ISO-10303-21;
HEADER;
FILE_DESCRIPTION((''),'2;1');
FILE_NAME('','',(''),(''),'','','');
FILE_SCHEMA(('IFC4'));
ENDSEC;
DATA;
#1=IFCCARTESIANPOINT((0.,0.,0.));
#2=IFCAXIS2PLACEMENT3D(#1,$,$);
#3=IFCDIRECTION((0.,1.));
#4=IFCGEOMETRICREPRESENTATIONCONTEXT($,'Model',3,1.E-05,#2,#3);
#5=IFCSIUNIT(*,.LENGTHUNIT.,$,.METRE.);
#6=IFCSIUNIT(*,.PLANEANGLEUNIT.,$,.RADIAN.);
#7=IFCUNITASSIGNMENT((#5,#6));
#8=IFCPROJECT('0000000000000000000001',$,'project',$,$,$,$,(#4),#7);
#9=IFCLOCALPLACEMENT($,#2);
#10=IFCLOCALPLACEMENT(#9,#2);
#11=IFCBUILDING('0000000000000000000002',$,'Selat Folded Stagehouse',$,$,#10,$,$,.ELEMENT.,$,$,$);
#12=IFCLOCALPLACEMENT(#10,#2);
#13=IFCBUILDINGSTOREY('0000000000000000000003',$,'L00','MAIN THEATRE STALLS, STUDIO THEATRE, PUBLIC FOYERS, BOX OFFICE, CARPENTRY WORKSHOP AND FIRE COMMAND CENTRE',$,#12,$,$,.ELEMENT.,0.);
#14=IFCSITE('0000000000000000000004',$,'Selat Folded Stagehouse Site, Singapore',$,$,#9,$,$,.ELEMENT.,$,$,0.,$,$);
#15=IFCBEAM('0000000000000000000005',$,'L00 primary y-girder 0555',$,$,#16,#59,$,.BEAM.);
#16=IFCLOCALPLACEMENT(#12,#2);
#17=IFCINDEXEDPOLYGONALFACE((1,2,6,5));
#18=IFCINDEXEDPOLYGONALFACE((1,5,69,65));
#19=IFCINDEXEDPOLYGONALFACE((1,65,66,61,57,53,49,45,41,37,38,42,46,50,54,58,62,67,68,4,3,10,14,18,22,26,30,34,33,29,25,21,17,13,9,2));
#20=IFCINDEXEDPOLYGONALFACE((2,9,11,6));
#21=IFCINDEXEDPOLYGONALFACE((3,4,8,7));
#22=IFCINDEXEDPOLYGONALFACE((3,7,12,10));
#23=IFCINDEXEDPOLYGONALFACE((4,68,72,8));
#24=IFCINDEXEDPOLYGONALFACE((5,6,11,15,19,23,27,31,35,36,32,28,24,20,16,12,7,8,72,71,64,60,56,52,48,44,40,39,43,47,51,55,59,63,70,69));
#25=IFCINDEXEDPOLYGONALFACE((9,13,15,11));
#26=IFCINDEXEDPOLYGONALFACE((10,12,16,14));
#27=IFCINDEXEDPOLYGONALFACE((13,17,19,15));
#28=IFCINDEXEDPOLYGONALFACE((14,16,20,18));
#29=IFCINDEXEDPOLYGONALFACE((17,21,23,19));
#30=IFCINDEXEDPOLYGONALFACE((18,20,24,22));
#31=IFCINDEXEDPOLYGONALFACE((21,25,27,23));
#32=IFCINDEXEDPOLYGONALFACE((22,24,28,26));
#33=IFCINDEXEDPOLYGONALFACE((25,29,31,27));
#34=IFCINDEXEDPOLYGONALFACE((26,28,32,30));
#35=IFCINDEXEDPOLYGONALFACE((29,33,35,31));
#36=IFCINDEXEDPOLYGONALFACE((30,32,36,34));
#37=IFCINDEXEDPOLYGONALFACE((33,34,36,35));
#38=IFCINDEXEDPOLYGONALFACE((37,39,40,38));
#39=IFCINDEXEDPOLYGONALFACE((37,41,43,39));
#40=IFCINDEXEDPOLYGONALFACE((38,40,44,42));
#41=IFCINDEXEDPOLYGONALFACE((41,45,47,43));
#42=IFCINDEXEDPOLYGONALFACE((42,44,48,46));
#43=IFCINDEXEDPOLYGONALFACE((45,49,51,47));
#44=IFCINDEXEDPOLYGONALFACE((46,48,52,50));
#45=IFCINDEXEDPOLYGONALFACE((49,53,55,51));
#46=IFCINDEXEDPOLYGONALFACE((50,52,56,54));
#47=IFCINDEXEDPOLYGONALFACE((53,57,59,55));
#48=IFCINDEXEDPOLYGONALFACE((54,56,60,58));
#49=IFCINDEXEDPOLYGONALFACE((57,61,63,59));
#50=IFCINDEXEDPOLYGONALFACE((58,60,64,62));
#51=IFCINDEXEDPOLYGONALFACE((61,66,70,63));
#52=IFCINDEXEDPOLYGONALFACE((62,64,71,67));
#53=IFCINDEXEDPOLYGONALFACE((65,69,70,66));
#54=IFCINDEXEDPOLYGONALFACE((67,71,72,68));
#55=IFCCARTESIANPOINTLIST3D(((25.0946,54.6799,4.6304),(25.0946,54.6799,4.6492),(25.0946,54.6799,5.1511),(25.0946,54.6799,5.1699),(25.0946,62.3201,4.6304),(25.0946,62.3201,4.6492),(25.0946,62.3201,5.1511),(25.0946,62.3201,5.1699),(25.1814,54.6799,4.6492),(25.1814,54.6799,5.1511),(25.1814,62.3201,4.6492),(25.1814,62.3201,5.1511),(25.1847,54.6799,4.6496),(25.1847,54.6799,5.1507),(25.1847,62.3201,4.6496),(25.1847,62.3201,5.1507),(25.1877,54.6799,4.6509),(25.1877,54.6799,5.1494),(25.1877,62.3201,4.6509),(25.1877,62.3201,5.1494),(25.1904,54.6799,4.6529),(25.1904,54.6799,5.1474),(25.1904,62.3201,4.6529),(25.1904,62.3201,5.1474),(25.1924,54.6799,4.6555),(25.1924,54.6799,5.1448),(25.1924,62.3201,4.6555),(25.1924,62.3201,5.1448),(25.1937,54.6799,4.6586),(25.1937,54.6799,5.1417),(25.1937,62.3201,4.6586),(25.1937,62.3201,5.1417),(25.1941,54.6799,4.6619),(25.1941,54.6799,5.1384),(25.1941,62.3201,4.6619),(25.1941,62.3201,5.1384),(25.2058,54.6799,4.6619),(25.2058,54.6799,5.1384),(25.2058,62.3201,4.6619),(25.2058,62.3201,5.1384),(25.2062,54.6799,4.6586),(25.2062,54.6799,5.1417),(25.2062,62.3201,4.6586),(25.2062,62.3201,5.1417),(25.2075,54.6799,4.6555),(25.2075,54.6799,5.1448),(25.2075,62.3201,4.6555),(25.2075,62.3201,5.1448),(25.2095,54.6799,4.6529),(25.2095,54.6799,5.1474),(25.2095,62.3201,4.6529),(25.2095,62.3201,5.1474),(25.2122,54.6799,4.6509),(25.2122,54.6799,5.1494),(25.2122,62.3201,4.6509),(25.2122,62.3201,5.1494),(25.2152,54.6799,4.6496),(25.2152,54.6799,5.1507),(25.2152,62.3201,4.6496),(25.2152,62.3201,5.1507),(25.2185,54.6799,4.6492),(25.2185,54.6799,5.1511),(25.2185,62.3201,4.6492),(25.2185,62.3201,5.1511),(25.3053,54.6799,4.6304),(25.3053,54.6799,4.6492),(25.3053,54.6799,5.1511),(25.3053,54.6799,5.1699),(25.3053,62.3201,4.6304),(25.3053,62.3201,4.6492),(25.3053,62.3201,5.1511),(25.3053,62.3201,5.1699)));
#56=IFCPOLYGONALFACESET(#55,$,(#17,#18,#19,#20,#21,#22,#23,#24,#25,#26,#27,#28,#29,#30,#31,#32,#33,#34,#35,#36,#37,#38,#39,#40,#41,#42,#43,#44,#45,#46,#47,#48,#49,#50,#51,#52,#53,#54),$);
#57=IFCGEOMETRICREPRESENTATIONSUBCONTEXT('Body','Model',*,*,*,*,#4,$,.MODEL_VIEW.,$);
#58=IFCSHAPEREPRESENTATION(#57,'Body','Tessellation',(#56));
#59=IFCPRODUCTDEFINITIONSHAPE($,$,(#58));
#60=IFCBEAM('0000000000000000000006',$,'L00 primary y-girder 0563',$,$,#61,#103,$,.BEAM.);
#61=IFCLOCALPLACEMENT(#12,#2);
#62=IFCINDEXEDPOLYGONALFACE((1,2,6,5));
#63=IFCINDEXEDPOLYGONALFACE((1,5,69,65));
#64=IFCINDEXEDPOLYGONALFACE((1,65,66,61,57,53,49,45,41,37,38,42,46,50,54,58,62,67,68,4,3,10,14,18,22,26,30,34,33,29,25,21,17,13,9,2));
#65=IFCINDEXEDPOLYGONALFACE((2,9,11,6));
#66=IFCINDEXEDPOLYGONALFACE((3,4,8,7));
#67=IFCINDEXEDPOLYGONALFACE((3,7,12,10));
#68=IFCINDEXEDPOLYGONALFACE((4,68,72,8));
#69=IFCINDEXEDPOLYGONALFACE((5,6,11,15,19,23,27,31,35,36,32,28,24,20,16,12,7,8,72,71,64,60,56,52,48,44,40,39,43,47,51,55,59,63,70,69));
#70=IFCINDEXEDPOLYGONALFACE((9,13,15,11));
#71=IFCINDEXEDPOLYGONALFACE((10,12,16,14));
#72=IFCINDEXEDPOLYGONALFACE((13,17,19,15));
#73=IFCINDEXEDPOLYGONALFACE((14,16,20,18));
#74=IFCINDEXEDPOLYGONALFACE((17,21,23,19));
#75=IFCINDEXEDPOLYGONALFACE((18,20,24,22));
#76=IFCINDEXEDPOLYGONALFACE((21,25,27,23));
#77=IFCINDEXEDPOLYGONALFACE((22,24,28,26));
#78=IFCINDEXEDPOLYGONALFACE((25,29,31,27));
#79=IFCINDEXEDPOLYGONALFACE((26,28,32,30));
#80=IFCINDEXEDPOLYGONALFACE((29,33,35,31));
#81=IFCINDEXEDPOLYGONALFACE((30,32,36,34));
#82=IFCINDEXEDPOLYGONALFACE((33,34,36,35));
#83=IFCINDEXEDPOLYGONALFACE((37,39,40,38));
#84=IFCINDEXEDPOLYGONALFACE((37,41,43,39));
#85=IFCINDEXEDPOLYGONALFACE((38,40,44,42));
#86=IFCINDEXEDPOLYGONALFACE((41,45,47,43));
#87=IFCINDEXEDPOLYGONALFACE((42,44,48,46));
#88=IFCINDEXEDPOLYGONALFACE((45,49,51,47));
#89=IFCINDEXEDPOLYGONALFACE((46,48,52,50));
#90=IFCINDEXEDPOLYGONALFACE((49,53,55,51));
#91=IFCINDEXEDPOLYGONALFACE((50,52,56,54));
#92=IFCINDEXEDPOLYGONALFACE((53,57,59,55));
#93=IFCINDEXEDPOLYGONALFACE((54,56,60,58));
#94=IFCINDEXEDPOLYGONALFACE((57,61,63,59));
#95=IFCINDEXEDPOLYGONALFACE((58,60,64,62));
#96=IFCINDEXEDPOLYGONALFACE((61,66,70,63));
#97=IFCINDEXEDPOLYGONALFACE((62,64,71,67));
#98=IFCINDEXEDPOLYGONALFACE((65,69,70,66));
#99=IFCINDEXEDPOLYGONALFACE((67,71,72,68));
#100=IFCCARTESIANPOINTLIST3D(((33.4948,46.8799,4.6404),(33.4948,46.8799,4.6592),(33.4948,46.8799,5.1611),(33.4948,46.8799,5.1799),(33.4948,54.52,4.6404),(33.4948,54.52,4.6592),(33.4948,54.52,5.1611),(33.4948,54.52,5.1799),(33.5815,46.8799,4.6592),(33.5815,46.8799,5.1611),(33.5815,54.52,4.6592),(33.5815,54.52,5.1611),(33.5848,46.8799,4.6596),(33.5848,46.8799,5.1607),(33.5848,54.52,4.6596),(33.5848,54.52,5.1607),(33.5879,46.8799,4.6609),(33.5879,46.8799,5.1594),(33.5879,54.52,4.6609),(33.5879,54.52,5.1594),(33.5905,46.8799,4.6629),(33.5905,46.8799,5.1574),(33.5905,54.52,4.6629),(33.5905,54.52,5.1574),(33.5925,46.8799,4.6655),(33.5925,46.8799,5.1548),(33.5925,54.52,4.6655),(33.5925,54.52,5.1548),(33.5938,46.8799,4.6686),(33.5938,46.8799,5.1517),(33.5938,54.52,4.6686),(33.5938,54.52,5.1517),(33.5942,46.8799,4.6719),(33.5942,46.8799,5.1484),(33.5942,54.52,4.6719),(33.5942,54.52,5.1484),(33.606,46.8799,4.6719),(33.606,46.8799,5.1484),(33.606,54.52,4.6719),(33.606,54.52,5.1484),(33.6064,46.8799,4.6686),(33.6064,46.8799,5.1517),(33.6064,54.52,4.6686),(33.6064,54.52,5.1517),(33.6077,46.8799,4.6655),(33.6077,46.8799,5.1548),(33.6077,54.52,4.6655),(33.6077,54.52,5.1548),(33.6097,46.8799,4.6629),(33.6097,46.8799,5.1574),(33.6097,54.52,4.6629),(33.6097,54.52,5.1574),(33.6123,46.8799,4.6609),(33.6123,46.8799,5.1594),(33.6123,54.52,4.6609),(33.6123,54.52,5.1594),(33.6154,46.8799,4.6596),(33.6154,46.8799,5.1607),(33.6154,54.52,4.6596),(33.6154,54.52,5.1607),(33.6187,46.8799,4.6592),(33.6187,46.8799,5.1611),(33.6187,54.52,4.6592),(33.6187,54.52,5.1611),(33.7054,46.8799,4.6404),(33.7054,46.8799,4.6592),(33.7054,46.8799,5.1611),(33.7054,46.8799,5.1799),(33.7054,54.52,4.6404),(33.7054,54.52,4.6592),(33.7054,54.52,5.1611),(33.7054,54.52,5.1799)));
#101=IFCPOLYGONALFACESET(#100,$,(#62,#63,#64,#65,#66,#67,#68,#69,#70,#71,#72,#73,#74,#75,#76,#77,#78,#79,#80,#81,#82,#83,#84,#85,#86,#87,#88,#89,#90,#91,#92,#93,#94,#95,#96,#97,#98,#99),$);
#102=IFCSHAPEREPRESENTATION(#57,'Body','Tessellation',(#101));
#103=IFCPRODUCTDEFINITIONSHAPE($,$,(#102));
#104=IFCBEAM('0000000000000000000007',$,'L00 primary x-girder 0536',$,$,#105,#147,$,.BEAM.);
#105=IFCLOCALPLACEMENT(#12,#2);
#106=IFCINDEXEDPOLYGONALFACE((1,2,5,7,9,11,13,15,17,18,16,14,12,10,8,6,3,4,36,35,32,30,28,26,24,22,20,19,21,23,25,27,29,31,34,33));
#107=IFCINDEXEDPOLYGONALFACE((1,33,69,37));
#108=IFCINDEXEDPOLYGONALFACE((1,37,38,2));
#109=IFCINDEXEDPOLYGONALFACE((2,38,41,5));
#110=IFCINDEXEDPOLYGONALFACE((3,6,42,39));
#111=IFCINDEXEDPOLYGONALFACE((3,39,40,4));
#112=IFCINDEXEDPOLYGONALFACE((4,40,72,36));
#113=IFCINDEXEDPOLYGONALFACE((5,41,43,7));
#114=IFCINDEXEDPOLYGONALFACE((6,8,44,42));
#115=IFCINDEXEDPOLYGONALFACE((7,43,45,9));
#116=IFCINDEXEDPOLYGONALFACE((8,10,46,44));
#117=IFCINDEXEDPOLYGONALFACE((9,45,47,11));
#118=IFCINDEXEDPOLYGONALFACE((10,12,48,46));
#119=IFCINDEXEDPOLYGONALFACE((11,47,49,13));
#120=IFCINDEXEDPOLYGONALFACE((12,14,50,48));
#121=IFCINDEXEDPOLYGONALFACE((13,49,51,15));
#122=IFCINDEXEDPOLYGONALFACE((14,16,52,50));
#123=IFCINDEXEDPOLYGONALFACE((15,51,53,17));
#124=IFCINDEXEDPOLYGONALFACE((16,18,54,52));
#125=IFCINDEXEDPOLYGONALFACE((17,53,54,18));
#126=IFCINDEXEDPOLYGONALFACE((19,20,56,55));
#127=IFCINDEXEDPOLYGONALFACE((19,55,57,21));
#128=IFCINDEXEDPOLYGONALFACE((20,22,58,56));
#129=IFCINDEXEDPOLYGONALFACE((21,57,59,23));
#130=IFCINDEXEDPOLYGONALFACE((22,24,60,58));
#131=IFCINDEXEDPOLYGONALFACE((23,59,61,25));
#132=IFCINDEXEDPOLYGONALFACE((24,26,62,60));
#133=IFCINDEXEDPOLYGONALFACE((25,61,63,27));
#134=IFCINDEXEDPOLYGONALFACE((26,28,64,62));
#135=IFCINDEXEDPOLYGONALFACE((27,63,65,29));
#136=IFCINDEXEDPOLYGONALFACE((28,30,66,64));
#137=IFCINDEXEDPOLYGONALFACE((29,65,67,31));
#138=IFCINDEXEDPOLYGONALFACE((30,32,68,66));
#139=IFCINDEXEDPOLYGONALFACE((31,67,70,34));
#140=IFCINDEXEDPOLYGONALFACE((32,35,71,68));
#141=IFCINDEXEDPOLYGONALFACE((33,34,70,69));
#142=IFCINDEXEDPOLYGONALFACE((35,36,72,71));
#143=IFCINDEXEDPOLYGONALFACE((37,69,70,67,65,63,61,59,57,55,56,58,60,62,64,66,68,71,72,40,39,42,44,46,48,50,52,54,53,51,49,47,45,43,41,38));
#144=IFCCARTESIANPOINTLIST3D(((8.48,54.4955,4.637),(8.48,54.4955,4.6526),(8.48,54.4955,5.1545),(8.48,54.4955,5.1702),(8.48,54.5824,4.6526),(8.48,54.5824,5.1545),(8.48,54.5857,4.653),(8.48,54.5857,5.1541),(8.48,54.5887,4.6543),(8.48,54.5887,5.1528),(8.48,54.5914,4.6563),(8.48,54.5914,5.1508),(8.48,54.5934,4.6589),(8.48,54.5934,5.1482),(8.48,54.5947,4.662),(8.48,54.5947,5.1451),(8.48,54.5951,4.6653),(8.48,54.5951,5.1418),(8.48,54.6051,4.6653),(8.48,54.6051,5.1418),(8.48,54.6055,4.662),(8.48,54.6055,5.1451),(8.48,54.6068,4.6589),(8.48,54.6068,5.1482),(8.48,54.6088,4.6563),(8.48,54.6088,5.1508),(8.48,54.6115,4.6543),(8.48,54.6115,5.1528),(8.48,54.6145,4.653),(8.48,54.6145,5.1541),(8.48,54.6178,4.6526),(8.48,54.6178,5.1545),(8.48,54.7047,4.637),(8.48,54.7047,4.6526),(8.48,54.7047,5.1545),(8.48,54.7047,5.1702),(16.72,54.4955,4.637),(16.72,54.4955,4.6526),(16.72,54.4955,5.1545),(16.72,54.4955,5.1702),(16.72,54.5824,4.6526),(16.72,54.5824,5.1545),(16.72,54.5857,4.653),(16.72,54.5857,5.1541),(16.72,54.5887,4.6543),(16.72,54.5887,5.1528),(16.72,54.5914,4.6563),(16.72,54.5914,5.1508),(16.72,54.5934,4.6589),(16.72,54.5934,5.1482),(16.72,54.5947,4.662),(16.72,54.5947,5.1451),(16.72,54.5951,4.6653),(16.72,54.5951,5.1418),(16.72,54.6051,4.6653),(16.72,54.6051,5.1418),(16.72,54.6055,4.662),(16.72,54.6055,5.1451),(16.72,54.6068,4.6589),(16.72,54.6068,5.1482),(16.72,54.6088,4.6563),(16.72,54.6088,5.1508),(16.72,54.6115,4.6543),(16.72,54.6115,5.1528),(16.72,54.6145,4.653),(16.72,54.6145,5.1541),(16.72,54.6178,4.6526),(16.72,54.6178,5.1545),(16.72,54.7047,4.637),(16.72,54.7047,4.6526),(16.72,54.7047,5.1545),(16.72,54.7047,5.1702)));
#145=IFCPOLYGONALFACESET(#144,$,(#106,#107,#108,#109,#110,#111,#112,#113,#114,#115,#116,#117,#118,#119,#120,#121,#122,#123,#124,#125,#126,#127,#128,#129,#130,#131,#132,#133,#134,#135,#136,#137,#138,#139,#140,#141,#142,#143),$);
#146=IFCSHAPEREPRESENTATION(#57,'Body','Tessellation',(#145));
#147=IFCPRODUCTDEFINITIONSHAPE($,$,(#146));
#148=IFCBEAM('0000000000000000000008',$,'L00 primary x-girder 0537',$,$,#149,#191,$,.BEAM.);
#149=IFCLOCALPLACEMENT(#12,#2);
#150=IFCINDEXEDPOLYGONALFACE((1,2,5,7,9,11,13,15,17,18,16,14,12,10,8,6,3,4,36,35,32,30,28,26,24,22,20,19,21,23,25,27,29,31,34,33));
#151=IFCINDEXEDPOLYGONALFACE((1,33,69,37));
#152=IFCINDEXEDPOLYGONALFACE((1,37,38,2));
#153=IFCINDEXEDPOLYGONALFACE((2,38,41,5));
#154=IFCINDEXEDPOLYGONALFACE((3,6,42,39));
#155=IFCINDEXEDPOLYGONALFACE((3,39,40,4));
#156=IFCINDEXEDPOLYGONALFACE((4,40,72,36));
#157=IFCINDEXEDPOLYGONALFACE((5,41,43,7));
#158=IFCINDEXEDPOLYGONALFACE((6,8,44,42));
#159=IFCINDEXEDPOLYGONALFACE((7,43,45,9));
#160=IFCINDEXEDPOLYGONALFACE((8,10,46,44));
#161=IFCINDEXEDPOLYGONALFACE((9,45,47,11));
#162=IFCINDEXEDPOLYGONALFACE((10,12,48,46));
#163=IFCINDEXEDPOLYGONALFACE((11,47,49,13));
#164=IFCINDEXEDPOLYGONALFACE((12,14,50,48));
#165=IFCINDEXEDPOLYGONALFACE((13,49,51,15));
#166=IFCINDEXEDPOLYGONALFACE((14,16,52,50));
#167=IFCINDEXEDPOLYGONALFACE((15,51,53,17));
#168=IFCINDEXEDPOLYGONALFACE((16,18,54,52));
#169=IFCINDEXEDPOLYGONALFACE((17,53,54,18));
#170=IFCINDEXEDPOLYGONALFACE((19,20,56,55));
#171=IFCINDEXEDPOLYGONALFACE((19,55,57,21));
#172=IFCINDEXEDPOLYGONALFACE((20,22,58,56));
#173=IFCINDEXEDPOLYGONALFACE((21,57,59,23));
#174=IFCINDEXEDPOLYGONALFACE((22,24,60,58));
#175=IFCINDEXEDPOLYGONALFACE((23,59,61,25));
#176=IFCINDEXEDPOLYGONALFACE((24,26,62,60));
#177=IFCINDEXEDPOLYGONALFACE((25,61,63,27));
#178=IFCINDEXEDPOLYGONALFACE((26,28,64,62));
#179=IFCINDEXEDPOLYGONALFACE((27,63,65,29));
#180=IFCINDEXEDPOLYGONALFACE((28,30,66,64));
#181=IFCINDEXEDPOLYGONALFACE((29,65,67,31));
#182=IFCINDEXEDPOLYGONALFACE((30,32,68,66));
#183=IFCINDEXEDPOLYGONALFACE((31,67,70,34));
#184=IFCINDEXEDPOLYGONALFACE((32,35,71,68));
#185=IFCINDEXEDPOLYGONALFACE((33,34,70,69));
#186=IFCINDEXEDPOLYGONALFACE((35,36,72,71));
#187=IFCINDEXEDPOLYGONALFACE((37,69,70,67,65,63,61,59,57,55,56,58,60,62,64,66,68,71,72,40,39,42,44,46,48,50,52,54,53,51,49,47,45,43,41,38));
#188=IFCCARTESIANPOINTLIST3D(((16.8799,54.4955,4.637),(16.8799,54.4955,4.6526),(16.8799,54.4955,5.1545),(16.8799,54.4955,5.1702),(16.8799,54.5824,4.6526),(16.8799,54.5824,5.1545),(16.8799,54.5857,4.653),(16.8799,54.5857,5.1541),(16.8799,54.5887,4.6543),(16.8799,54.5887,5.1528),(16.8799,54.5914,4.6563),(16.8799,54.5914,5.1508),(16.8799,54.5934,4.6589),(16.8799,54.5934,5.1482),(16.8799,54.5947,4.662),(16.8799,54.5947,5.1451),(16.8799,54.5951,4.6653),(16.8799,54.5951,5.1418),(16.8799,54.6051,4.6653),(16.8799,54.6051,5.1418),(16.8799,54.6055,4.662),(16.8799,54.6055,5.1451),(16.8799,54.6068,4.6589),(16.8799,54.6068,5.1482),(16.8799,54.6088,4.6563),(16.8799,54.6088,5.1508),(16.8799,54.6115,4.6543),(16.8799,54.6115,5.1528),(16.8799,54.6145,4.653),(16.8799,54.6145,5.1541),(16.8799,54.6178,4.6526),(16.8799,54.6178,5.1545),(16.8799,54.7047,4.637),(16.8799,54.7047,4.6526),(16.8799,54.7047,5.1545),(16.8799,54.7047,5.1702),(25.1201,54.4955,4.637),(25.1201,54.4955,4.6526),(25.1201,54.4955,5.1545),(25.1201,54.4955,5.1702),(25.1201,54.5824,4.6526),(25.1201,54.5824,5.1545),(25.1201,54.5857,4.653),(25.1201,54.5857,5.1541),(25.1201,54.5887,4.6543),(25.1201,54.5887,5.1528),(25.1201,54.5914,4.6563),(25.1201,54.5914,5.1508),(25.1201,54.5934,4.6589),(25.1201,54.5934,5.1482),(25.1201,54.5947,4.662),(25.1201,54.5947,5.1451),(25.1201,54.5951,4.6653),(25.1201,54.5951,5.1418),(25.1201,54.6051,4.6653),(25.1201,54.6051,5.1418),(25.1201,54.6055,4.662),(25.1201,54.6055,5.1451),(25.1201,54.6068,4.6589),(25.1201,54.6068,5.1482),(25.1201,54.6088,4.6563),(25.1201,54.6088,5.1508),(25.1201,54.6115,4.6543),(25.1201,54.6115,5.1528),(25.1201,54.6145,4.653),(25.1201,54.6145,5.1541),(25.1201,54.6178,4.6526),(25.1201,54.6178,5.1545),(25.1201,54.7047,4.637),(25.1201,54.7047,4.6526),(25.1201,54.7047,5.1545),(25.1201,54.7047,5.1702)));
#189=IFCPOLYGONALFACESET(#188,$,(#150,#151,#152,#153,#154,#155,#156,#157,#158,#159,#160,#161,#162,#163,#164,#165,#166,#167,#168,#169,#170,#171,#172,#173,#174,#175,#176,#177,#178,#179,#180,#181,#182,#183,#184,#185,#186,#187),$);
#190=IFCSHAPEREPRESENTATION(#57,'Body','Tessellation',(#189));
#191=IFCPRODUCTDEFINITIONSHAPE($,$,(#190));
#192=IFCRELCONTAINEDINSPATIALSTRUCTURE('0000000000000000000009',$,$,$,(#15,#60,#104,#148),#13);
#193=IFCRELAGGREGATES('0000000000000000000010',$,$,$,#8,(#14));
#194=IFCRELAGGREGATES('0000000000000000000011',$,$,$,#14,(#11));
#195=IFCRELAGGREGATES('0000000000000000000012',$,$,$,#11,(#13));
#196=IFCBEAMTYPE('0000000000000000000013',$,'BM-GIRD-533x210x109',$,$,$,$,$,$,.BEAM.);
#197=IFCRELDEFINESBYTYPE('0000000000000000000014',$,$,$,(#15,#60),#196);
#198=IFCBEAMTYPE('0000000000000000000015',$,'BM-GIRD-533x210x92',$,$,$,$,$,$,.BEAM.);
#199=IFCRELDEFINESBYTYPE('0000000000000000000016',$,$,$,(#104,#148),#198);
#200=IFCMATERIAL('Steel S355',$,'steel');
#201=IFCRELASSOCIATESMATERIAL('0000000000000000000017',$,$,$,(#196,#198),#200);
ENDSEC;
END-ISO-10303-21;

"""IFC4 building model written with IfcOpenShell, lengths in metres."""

from ifc_helpers import new_model, si_unit, direction, frame, origin, origin_2d, place, context, subcontext, project, spatial, i_section, extrude, material, material_profile, profile_set, type_object, element, save


model = new_model("IFC4")

# Units and contexts
model_context = context("Model", 3, precision=1e-05, world=origin(), true_north=direction((0.0, 1.0)))
body_context = subcontext(model_context, "Body", "Model", "MODEL_VIEW")
ifc_project = project(units=[si_unit("LENGTHUNIT", "METRE"), si_unit("PLANEANGLEUNIT", "RADIAN")], contexts=[model_context])

# Site, building, storey
site_placement = place(None, origin())
site = spatial("IfcSite", under=ifc_project, at=site_placement, Name="Selat Folded Stagehouse Site, Singapore", CompositionType="ELEMENT", RefElevation=0.0)
building_placement = place(site_placement, origin())
building = spatial("IfcBuilding", under=site, at=building_placement, Name="Selat Folded Stagehouse", CompositionType="ELEMENT")
storey_placement = place(building_placement, origin())
storey = spatial("IfcBuildingStorey", under=building, at=storey_placement, Name="L00", Description="MAIN THEATRE STALLS, STUDIO THEATRE, PUBLIC FOYERS, BOX OFFICE, CARPENTRY WORKSHOP AND FIRE COMMAND CENTRE", CompositionType="ELEMENT", Elevation=0.0)

# Shared definitions
ifc_material_1 = material(Name="Steel S355", Category="steel")

# Beams
ifc_material_profile_1 = material_profile(ifc_material_1, i_section(OverallWidth=0.2107, OverallDepth=0.5396, WebThickness=0.0117, FlangeThickness=0.0188, FilletRadius=0.0127, at=origin_2d()), Name="UKB 533x210x109")
ifc_profile_set_1 = profile_set([ifc_material_profile_1], Name="Steel S355")
beam_type_1 = type_object("IfcBeamType", Name="BM-GIRD-533x210x109", PredefinedType="BEAM", material=ifc_profile_set_1)
for number, where, z_axis, x_axis, name in (
    (1, (25.2, 54.6799, 4.9001), (0.0, 1.0, 0.0), (-1.0, 0.0, 0.0), "L00 primary y-girder 0555"),
    (2, (33.6001, 46.8799, 4.9102), (0.0, 1.0, 0.0), (-1.0, 0.0, 0.0), "L00 primary y-girder 0563"),
):
    element("IfcBeam", number, at=place(storey_placement, frame(where, z_axis=z_axis, x_axis=x_axis)), inside=storey, type_object=beam_type_1, Name=name, PredefinedType="BEAM", context=body_context, shape_type="SweptSolid", body=[
        extrude(i_section(OverallWidth=0.2107, OverallDepth=0.5396, WebThickness=0.0117, FlangeThickness=0.0188, FilletRadius=0.0127, at=origin_2d()), origin(), (0.0, 0.0, 1.0), 7.6401),
    ])
ifc_material_profile_2 = material_profile(ifc_material_1, i_section(OverallWidth=0.2092, OverallDepth=0.5332, WebThickness=0.01, FlangeThickness=0.0156, FilletRadius=0.0127, at=origin_2d()), Name="UKB 533x210x92")
ifc_profile_set_2 = profile_set([ifc_material_profile_2], Name="Steel S355")
beam_type_2 = type_object("IfcBeamType", Name="BM-GIRD-533x210x92", PredefinedType="BEAM", material=ifc_profile_set_2)
beam_1_placement = place(storey_placement, frame((8.48, 54.6001, 4.9036), z_axis=(1.0, 0.0, 0.0), x_axis=(0.0, 1.0, 0.0)))
element("IfcBeam", 3, at=beam_1_placement, inside=storey, type_object=beam_type_2, Name="L00 primary x-girder 0536", PredefinedType="BEAM", context=body_context, shape_type="SweptSolid", body=[
    extrude(i_section(OverallWidth=0.2092, OverallDepth=0.5332, WebThickness=0.01, FlangeThickness=0.0156, FilletRadius=0.0127, at=origin_2d()), origin(), (0.0, 0.0, 1.0), 8.24),
])
beam_2_placement = place(storey_placement, frame((16.8799, 54.6001, 4.9036), z_axis=(1.0, 0.0, 0.0), x_axis=(0.0, 1.0, 0.0)))
element("IfcBeam", 4, at=beam_2_placement, inside=storey, type_object=beam_type_2, Name="L00 primary x-girder 0537", PredefinedType="BEAM", context=body_context, shape_type="SweptSolid", body=[
    extrude(i_section(OverallWidth=0.2092, OverallDepth=0.5332, WebThickness=0.01, FlangeThickness=0.0156, FilletRadius=0.0127, at=origin_2d()), origin(), (0.0, 0.0, 1.0), 8.2402),
])

save(model, "model.ifc")
